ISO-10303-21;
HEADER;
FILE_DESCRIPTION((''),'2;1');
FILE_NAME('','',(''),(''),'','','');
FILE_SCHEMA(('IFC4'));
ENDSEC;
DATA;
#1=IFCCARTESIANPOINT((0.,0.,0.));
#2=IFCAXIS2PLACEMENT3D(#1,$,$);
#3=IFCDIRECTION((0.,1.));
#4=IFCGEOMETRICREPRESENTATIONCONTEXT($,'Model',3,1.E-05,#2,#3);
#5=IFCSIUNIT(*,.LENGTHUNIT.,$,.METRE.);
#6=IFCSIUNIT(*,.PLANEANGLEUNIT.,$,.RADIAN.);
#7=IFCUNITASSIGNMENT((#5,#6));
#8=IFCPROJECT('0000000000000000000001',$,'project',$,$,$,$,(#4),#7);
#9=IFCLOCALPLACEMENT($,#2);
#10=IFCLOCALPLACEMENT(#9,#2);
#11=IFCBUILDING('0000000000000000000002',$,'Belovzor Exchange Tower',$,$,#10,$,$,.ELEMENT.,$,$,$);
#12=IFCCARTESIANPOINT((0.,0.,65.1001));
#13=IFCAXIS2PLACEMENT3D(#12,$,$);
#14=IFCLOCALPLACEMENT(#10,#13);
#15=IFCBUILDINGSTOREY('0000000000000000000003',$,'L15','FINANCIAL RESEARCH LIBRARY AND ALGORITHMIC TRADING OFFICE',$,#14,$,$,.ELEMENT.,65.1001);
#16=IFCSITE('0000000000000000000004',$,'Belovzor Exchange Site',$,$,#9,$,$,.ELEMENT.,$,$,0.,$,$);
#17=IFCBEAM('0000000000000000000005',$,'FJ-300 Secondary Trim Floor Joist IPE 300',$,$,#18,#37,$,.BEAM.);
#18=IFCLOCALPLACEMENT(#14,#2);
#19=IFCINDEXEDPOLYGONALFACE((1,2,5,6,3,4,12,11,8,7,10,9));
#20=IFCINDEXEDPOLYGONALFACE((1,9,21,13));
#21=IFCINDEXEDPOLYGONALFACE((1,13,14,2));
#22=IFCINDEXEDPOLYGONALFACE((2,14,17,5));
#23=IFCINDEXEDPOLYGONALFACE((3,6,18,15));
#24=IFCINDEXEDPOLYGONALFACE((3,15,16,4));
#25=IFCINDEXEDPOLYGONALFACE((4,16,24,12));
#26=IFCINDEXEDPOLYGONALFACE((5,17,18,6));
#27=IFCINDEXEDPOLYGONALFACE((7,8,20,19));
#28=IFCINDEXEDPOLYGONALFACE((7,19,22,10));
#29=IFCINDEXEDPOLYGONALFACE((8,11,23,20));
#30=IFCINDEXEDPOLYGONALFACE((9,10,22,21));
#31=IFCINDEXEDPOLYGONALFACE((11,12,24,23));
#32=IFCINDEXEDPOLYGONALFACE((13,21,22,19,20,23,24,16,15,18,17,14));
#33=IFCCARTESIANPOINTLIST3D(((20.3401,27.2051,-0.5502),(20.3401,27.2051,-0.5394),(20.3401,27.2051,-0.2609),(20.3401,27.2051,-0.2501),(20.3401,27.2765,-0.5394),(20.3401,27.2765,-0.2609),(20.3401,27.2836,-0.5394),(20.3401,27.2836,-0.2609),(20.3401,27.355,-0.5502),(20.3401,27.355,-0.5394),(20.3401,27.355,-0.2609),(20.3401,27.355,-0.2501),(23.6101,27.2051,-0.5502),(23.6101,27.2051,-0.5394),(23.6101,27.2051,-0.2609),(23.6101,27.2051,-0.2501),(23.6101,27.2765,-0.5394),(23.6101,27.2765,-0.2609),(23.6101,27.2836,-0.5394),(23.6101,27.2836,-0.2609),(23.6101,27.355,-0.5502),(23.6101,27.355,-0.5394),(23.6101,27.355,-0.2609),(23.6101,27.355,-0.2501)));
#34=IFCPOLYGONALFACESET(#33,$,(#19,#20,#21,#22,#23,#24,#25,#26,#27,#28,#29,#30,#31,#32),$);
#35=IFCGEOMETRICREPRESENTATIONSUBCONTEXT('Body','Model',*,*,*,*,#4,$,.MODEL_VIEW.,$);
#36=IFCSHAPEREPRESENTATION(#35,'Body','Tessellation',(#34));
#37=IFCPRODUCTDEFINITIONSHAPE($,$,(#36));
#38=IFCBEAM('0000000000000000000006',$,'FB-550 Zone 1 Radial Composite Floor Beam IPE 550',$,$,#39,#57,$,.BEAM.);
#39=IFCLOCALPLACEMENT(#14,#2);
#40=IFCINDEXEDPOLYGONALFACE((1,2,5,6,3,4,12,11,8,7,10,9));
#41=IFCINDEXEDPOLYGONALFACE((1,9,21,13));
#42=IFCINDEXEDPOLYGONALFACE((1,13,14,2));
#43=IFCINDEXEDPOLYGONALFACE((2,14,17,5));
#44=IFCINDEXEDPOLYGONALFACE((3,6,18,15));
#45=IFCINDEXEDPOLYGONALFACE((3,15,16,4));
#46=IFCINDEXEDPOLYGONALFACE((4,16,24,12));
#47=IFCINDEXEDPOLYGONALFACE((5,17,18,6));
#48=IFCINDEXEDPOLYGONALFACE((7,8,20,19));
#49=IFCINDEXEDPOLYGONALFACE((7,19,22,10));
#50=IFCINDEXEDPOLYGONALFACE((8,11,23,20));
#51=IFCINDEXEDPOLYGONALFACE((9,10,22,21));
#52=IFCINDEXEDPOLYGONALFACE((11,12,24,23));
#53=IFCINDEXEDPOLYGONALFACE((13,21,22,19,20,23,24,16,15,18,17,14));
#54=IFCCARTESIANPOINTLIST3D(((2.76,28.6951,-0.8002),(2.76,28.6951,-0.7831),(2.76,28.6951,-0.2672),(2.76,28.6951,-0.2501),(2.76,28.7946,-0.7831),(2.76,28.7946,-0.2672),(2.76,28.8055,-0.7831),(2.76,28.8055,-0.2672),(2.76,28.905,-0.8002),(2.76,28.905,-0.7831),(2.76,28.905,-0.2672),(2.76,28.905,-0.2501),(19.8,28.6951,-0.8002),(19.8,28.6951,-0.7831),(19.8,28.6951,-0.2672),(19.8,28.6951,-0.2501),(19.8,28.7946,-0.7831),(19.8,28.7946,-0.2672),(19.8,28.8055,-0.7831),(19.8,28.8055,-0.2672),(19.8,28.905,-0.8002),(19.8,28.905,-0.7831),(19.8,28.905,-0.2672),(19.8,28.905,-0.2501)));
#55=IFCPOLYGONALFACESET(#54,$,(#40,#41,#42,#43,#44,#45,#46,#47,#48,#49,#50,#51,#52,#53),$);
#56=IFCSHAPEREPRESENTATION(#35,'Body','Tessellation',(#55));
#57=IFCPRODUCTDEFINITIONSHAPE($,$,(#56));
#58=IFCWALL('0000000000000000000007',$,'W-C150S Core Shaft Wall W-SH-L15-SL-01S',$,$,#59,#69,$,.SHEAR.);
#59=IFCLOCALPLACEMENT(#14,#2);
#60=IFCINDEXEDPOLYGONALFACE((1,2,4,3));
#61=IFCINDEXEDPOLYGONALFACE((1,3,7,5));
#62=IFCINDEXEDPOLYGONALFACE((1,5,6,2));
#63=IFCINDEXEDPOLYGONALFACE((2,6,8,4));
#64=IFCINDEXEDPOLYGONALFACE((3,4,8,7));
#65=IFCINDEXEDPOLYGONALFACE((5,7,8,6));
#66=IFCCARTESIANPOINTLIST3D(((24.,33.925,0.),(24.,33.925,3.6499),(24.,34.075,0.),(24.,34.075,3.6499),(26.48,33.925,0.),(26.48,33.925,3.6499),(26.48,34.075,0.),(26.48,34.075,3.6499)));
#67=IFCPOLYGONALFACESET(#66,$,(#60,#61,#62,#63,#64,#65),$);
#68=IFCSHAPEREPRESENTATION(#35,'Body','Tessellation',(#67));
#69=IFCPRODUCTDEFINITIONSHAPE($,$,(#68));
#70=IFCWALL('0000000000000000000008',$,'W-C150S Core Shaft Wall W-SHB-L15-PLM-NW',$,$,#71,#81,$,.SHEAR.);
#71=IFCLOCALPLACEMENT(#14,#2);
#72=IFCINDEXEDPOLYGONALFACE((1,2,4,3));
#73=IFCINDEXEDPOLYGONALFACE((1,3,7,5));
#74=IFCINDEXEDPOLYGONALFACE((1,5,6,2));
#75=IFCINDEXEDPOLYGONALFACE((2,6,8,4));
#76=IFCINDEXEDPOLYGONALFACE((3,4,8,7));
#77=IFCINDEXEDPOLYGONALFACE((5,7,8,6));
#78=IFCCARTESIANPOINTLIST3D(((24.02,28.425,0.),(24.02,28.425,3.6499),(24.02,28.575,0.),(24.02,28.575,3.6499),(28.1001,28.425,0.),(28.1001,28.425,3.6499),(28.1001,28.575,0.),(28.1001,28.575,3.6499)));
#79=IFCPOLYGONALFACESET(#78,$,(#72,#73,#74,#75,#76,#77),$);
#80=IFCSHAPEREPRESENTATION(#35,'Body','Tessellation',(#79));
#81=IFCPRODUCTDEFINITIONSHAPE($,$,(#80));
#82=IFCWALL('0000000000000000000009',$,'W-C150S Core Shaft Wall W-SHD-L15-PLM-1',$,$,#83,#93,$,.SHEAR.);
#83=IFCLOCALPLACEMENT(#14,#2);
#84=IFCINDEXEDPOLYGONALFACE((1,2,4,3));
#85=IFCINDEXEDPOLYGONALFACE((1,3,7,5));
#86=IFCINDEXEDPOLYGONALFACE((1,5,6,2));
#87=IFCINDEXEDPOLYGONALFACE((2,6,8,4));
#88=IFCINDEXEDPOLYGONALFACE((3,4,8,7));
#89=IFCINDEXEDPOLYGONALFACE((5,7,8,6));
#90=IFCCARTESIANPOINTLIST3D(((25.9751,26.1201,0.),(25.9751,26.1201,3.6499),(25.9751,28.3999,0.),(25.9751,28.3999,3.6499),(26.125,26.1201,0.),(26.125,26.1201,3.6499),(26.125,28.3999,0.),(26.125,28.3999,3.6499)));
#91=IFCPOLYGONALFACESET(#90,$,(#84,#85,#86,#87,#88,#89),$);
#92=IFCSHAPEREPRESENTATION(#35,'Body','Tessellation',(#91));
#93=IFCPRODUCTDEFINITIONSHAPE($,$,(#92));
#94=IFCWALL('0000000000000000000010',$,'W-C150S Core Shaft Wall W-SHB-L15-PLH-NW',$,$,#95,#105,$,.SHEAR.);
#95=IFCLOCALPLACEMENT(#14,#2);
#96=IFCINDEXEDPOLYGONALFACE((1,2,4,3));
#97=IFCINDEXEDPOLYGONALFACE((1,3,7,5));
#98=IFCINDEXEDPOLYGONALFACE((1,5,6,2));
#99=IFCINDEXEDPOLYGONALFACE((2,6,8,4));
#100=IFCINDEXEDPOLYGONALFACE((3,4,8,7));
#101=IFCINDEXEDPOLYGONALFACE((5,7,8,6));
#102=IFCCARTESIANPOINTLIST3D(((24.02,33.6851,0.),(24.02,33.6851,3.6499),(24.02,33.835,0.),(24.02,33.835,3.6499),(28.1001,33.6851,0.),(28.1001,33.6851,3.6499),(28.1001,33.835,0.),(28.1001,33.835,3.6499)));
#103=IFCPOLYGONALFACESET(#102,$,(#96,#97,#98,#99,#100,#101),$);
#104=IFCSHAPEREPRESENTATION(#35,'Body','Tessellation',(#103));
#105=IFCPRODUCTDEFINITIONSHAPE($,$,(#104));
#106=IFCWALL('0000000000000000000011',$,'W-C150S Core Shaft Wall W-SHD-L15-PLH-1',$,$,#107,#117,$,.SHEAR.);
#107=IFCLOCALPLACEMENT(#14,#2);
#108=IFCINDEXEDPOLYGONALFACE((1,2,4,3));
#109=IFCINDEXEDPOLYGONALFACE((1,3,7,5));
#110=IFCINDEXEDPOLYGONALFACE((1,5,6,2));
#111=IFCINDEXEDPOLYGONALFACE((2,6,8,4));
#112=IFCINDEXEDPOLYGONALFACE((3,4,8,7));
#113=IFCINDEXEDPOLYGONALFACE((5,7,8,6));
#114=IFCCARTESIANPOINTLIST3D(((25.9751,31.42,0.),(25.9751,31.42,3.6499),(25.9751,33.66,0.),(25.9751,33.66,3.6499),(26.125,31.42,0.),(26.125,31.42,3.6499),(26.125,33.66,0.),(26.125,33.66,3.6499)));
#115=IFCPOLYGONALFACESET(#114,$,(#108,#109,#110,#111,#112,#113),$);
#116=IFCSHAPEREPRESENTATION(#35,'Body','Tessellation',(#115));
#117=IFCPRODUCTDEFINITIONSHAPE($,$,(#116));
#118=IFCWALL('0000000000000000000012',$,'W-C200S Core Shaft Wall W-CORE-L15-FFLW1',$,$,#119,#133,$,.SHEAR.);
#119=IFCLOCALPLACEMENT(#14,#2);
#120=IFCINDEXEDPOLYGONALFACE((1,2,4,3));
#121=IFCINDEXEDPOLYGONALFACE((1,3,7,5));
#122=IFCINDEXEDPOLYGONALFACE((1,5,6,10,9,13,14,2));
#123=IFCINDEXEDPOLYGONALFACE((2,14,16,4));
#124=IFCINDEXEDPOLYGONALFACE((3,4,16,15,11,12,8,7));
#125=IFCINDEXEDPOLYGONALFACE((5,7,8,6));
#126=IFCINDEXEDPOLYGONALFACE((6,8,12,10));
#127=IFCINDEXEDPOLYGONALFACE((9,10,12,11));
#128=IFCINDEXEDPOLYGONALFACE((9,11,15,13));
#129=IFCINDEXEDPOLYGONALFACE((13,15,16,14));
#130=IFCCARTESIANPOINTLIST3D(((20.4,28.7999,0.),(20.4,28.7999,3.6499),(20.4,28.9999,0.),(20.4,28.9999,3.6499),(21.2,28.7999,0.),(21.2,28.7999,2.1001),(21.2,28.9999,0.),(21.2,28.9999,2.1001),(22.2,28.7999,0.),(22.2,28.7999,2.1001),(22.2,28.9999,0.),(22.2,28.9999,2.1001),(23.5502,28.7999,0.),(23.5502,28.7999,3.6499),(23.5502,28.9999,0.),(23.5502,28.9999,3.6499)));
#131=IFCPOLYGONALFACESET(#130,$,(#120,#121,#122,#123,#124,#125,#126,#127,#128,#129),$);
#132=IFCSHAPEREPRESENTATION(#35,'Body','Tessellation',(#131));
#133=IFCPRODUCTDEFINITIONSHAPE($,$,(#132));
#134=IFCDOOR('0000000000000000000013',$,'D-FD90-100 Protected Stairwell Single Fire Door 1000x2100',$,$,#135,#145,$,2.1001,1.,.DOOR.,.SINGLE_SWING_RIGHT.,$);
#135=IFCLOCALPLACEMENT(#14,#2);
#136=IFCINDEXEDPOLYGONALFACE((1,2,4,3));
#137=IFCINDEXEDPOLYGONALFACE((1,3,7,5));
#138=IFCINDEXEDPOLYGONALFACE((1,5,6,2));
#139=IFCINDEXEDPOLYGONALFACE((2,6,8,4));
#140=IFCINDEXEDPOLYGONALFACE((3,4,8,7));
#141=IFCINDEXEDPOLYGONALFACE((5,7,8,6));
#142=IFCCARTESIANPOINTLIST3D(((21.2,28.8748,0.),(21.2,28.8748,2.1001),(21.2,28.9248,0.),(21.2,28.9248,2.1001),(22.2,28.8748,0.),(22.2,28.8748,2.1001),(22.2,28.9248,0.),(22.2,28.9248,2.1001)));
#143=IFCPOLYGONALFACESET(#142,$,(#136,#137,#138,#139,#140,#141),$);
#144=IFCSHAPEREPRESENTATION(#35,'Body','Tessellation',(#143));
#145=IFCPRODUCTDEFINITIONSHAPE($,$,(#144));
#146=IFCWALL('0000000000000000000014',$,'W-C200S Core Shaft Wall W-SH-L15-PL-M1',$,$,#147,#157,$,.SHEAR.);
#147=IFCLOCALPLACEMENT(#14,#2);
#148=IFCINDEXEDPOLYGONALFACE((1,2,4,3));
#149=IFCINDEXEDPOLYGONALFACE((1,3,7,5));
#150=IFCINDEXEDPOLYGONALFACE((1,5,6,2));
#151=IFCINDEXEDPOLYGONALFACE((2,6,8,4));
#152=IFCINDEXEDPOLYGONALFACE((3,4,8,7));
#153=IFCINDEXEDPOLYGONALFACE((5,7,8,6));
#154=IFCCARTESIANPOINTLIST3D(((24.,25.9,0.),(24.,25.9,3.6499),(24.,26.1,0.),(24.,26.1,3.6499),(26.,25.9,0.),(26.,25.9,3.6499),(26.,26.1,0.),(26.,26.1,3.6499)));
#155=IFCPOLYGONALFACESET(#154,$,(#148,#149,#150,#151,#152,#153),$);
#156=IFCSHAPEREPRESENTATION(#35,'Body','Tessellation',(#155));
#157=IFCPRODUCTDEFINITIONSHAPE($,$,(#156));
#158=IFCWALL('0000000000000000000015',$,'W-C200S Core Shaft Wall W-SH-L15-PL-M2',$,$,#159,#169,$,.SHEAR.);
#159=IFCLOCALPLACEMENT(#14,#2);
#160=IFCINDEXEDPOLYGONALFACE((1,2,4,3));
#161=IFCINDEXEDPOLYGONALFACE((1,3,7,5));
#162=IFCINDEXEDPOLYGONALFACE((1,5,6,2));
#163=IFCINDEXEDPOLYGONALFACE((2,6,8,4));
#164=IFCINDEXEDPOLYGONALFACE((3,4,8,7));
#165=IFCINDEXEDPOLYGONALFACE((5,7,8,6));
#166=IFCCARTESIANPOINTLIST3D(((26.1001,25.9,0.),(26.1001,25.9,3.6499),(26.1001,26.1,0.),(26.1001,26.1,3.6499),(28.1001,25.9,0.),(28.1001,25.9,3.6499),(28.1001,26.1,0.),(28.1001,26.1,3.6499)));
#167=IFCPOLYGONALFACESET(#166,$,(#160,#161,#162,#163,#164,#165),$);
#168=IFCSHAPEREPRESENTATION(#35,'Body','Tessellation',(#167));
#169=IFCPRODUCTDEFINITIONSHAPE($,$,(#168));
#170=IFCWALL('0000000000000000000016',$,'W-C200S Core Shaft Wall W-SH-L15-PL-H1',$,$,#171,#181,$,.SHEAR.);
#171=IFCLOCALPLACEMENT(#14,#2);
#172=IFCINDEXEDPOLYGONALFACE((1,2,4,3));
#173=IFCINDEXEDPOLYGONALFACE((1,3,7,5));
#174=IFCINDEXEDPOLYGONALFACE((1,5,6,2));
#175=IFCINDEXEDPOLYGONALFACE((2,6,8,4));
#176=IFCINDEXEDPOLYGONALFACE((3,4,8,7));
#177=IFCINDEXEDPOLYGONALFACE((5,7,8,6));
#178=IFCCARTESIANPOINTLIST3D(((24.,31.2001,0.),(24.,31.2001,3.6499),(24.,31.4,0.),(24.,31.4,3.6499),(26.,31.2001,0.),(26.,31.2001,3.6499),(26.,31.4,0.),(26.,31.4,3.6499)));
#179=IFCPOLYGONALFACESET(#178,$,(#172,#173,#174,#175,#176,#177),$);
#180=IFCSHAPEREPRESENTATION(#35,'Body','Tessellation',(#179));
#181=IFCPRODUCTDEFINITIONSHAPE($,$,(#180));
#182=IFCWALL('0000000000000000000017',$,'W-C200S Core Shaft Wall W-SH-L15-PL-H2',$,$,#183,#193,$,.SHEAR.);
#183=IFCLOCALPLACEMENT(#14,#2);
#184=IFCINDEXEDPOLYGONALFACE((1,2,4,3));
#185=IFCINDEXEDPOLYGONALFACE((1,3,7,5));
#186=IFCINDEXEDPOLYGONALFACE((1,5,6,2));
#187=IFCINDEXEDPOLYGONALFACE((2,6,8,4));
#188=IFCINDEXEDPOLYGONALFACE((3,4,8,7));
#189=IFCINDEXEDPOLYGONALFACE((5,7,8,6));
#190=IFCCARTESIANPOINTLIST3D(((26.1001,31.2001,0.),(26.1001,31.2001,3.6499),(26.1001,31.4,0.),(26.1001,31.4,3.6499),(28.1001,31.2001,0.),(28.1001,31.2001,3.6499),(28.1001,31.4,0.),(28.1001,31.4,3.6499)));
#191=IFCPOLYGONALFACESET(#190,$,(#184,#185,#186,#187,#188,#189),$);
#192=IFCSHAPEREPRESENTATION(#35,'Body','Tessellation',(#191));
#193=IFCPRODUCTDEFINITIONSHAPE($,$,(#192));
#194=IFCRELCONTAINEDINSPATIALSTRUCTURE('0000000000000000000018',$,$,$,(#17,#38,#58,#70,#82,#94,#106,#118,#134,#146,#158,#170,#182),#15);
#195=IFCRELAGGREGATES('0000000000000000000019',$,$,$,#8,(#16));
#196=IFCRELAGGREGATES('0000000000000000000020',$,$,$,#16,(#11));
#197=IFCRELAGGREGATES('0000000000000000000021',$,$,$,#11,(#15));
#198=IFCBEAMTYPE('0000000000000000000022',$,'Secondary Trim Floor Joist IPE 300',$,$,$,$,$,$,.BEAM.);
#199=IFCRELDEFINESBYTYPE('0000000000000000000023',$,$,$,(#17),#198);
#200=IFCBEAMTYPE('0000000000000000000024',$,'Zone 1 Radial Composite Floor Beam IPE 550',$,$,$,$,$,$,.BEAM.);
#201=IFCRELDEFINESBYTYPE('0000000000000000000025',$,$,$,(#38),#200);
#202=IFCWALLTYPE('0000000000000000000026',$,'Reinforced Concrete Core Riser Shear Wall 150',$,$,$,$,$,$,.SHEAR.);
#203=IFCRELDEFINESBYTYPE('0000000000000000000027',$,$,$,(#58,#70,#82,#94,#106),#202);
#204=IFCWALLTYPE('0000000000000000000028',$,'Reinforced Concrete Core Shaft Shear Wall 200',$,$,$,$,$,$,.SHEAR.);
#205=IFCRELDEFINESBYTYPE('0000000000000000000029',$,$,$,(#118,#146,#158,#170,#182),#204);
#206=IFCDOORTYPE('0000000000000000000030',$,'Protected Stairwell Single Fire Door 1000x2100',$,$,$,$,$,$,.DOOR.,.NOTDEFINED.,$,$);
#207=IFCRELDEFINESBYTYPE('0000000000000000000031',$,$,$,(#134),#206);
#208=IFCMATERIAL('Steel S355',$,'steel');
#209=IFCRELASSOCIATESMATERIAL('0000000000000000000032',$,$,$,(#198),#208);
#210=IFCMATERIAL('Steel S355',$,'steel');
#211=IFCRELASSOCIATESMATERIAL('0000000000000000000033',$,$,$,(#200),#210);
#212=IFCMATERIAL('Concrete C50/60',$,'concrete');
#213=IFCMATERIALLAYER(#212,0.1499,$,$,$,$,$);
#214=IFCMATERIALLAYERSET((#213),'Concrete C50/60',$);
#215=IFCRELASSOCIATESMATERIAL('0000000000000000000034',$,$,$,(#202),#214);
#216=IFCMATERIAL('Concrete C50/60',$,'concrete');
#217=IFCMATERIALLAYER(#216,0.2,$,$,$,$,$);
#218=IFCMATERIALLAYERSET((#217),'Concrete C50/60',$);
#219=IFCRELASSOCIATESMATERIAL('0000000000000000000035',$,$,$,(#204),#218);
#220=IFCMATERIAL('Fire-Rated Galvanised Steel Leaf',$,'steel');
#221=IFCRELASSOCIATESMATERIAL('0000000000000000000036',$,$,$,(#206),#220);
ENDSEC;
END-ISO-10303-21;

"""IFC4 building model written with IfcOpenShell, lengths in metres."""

from ifc_helpers import new_model, si_unit, direction, frame, frame_2d, origin, origin_2d, place, context, subcontext, project, spatial, rectangle, i_section, extrude, material, layer, layer_set, material_profile, profile_set, type_object, element, fill, save


model = new_model("IFC4")

# Units and contexts
model_context = context("Model", 3, precision=1e-05, world=origin(), true_north=direction((0.0, 1.0)))
body_context = subcontext(model_context, "Body", "Model", "MODEL_VIEW")
ifc_project = project(units=[si_unit("LENGTHUNIT", "METRE"), si_unit("PLANEANGLEUNIT", "RADIAN")], contexts=[model_context])

# Site, building, storey
site_placement = place(None, origin())
site = spatial("IfcSite", under=ifc_project, at=site_placement, Name="Belovzor Exchange Site", CompositionType="ELEMENT", RefElevation=0.0)
building_placement = place(site_placement, origin())
building = spatial("IfcBuilding", under=site, at=building_placement, Name="Belovzor Exchange Tower", CompositionType="ELEMENT")
storey_placement = place(building_placement, frame((0.0, 0.0, 65.1001)))
storey = spatial("IfcBuildingStorey", under=building, at=storey_placement, Name="L15", Description="FINANCIAL RESEARCH LIBRARY AND ALGORITHMIC TRADING OFFICE", CompositionType="ELEMENT", Elevation=65.1001)

# Beams
ifc_material_1 = material(Name="Steel S355", Category="steel")
ifc_material_profile_1 = material_profile(ifc_material_1, i_section(OverallWidth=0.1499, OverallDepth=0.3, WebThickness=0.0071, FlangeThickness=0.0107, at=origin_2d()))
ifc_profile_set_1 = profile_set([ifc_material_profile_1], Name="Steel S355")
beam_type_1 = type_object("IfcBeamType", Name="Secondary Trim Floor Joist IPE 300", PredefinedType="BEAM", material=ifc_profile_set_1)
beam_1_placement = place(storey_placement, frame((20.3401, 27.28, -0.4001), z_axis=(1.0, 0.0, 0.0), x_axis=(0.0, 1.0, 0.0)))
element("IfcBeam", 1, at=beam_1_placement, inside=storey, type_object=beam_type_1, Name="FJ-300 Secondary Trim Floor Joist IPE 300", PredefinedType="BEAM", context=body_context, shape_type="SweptSolid", body=[
    extrude(i_section(OverallWidth=0.1499, OverallDepth=0.3, WebThickness=0.0071, FlangeThickness=0.0107, at=origin_2d()), origin(), (0.0, 0.0, 1.0), 3.27),
])
ifc_material_2 = material(Name="Steel S355", Category="steel")
ifc_material_profile_2 = material_profile(ifc_material_2, i_section(OverallWidth=0.21, OverallDepth=0.55, WebThickness=0.011, FlangeThickness=0.0171, at=origin_2d()))
ifc_profile_set_2 = profile_set([ifc_material_profile_2], Name="Steel S355")
beam_type_2 = type_object("IfcBeamType", Name="Zone 1 Radial Composite Floor Beam IPE 550", PredefinedType="BEAM", material=ifc_profile_set_2)
beam_2_placement = place(storey_placement, frame((19.8, 28.8, -0.5251), z_axis=(-1.0, 0.0, 0.0), x_axis=(0.0, -1.0, 0.0)))
element("IfcBeam", 2, at=beam_2_placement, inside=storey, type_object=beam_type_2, Name="FB-550 Zone 1 Radial Composite Floor Beam IPE 550", PredefinedType="BEAM", context=body_context, shape_type="SweptSolid", body=[
    extrude(i_section(OverallWidth=0.21, OverallDepth=0.55, WebThickness=0.011, FlangeThickness=0.0171, at=origin_2d()), origin(), (0.0, 0.0, 1.0), 17.04),
])

# Walls
ifc_material_3 = material(Name="Concrete C50/60", Category="concrete")
ifc_layer_1 = layer(ifc_material_3, 0.1499)
ifc_layer_set_1 = layer_set([ifc_layer_1], Name="Concrete C50/60")
wall_type_1 = type_object("IfcWallType", Name="Reinforced Concrete Core Riser Shear Wall 150", PredefinedType="SHEAR", material=ifc_layer_set_1)
wall_1_placement = place(storey_placement, frame((24.0, 34.0, 0.0), z_axis=(0.0, 0.0, 1.0), x_axis=(1.0, 0.0, 0.0)))
element("IfcWall", 3, at=wall_1_placement, inside=storey, type_object=wall_type_1, Name="W-C150S Core Shaft Wall W-SH-L15-SL-01S", PredefinedType="SHEAR", context=body_context, shape_type="SweptSolid", body=[
    extrude(rectangle(XDim=2.48, YDim=0.1499, at=frame_2d((1.24, 0.0))), origin(), (0.0, 0.0, 1.0), 3.6499),
])
wall_2_placement = place(storey_placement, frame((24.02, 28.5, 0.0), z_axis=(0.0, 0.0, 1.0), x_axis=(1.0, 0.0, 0.0)))
element("IfcWall", 4, at=wall_2_placement, inside=storey, type_object=wall_type_1, Name="W-C150S Core Shaft Wall W-SHB-L15-PLM-NW", PredefinedType="SHEAR", context=body_context, shape_type="SweptSolid", body=[
    extrude(rectangle(XDim=4.0801, YDim=0.1499, at=frame_2d((2.04, 0.0))), origin(), (0.0, 0.0, 1.0), 3.6499),
])
wall_3_placement = place(storey_placement, frame((26.05, 26.1201, 0.0), z_axis=(0.0, 0.0, 1.0), x_axis=(0.0, 1.0, 0.0)))
element("IfcWall", 5, at=wall_3_placement, inside=storey, type_object=wall_type_1, Name="W-C150S Core Shaft Wall W-SHD-L15-PLM-1", PredefinedType="SHEAR", context=body_context, shape_type="SweptSolid", body=[
    extrude(rectangle(XDim=2.2798, YDim=0.1499, at=frame_2d((1.1399, 0.0))), origin(), (0.0, 0.0, 1.0), 3.6499),
])
wall_4_placement = place(storey_placement, frame((24.02, 33.76, 0.0), z_axis=(0.0, 0.0, 1.0), x_axis=(1.0, 0.0, 0.0)))
element("IfcWall", 6, at=wall_4_placement, inside=storey, type_object=wall_type_1, Name="W-C150S Core Shaft Wall W-SHB-L15-PLH-NW", PredefinedType="SHEAR", context=body_context, shape_type="SweptSolid", body=[
    extrude(rectangle(XDim=4.0801, YDim=0.1499, at=frame_2d((2.04, 0.0))), origin(), (0.0, 0.0, 1.0), 3.6499),
])
wall_5_placement = place(storey_placement, frame((26.05, 31.4199, 0.0), z_axis=(0.0, 0.0, 1.0), x_axis=(0.0, 1.0, 0.0)))
element("IfcWall", 7, at=wall_5_placement, inside=storey, type_object=wall_type_1, Name="W-C150S Core Shaft Wall W-SHD-L15-PLH-1", PredefinedType="SHEAR", context=body_context, shape_type="SweptSolid", body=[
    extrude(rectangle(XDim=2.24, YDim=0.1499, at=frame_2d((1.1201, 0.0))), origin(), (0.0, 0.0, 1.0), 3.6499),
])

# Wall, opening, door
ifc_material_4 = material(Name="Concrete C50/60", Category="concrete")
ifc_layer_2 = layer(ifc_material_4, 0.2)
ifc_layer_set_2 = layer_set([ifc_layer_2], Name="Concrete C50/60")
wall_type_2 = type_object("IfcWallType", Name="Reinforced Concrete Core Shaft Shear Wall 200", PredefinedType="SHEAR", material=ifc_layer_set_2)
wall_6_placement = place(storey_placement, frame((20.3999, 28.8999, 0.0), z_axis=(0.0, 0.0, 1.0), x_axis=(1.0, 0.0, 0.0)))
wall_6 = element("IfcWall", 8, at=wall_6_placement, inside=storey, type_object=wall_type_2, Name="W-C200S Core Shaft Wall W-CORE-L15-FFLW1", PredefinedType="SHEAR", context=body_context, shape_type="SweptSolid", body=[
    extrude(rectangle(XDim=3.1501, YDim=0.2, at=frame_2d((1.5752, 0.0))), origin(), (0.0, 0.0, 1.0), 3.6499),
])
opening_1_placement = place(wall_6_placement, frame((0.8, 0.0, 0.0)))
opening_1 = element("IfcOpeningElement", 9, at=opening_1_placement, cuts=wall_6, PredefinedType="OPENING", context=body_context, shape_type="SweptSolid", body=[
    extrude(rectangle(XDim=1.0, YDim=2.1001, at=frame_2d((0.5, 1.05))), frame((0.0, 0.1099, 0.0), z_axis=(0.0, -1.0, 0.0), x_axis=(1.0, 0.0, 0.0)), (0.0, 0.0, 1.0), 0.22),
])
ifc_material_5 = material(Name="Fire-Rated Galvanised Steel Leaf", Category="steel")
door_type_1 = type_object("IfcDoorType", Name="Protected Stairwell Single Fire Door 1000x2100", OperationType="NOTDEFINED", PredefinedType="DOOR", material=ifc_material_5)
door_1_placement = place(opening_1_placement, origin())
door_1 = element("IfcDoor", 10, at=door_1_placement, inside=storey, type_object=door_type_1, Name="D-FD90-100 Protected Stairwell Single Fire Door 1000x2100", OperationType="SINGLE_SWING_RIGHT", OverallHeight=2.1001, OverallWidth=1.0, PredefinedType="DOOR", context=body_context, shape_type="SweptSolid", body=[
    extrude(rectangle(XDim=1.0, YDim=2.1001, at=frame_2d((0.5, 1.05))), frame((0.0, 0.0249, 0.0), z_axis=(0.0, -1.0, 0.0), x_axis=(1.0, 0.0, 0.0)), (0.0, 0.0, 1.0), 0.05),
])
fill(opening_1, door_1)

# Walls
for number, where, z_axis, x_axis, name in (
    (11, (24.0, 26.0, 0.0), (0.0, 0.0, 1.0), (1.0, 0.0, 0.0), "W-C200S Core Shaft Wall W-SH-L15-PL-M1"),
    (12, (26.1001, 26.0, 0.0), (0.0, 0.0, 1.0), (1.0, 0.0, 0.0), "W-C200S Core Shaft Wall W-SH-L15-PL-M2"),
    (13, (24.0, 31.3, 0.0), (0.0, 0.0, 1.0), (1.0, 0.0, 0.0), "W-C200S Core Shaft Wall W-SH-L15-PL-H1"),
    (14, (26.1001, 31.3, 0.0), (0.0, 0.0, 1.0), (1.0, 0.0, 0.0), "W-C200S Core Shaft Wall W-SH-L15-PL-H2"),
):
    element("IfcWall", number, at=place(storey_placement, frame(where, z_axis=z_axis, x_axis=x_axis)), inside=storey, type_object=wall_type_2, Name=name, PredefinedType="SHEAR", context=body_context, shape_type="SweptSolid", body=[
        extrude(rectangle(XDim=2.0, YDim=0.2, at=frame_2d((1.0, 0.0))), origin(), (0.0, 0.0, 1.0), 3.6499),
    ])

save(model, "model.ifc")
